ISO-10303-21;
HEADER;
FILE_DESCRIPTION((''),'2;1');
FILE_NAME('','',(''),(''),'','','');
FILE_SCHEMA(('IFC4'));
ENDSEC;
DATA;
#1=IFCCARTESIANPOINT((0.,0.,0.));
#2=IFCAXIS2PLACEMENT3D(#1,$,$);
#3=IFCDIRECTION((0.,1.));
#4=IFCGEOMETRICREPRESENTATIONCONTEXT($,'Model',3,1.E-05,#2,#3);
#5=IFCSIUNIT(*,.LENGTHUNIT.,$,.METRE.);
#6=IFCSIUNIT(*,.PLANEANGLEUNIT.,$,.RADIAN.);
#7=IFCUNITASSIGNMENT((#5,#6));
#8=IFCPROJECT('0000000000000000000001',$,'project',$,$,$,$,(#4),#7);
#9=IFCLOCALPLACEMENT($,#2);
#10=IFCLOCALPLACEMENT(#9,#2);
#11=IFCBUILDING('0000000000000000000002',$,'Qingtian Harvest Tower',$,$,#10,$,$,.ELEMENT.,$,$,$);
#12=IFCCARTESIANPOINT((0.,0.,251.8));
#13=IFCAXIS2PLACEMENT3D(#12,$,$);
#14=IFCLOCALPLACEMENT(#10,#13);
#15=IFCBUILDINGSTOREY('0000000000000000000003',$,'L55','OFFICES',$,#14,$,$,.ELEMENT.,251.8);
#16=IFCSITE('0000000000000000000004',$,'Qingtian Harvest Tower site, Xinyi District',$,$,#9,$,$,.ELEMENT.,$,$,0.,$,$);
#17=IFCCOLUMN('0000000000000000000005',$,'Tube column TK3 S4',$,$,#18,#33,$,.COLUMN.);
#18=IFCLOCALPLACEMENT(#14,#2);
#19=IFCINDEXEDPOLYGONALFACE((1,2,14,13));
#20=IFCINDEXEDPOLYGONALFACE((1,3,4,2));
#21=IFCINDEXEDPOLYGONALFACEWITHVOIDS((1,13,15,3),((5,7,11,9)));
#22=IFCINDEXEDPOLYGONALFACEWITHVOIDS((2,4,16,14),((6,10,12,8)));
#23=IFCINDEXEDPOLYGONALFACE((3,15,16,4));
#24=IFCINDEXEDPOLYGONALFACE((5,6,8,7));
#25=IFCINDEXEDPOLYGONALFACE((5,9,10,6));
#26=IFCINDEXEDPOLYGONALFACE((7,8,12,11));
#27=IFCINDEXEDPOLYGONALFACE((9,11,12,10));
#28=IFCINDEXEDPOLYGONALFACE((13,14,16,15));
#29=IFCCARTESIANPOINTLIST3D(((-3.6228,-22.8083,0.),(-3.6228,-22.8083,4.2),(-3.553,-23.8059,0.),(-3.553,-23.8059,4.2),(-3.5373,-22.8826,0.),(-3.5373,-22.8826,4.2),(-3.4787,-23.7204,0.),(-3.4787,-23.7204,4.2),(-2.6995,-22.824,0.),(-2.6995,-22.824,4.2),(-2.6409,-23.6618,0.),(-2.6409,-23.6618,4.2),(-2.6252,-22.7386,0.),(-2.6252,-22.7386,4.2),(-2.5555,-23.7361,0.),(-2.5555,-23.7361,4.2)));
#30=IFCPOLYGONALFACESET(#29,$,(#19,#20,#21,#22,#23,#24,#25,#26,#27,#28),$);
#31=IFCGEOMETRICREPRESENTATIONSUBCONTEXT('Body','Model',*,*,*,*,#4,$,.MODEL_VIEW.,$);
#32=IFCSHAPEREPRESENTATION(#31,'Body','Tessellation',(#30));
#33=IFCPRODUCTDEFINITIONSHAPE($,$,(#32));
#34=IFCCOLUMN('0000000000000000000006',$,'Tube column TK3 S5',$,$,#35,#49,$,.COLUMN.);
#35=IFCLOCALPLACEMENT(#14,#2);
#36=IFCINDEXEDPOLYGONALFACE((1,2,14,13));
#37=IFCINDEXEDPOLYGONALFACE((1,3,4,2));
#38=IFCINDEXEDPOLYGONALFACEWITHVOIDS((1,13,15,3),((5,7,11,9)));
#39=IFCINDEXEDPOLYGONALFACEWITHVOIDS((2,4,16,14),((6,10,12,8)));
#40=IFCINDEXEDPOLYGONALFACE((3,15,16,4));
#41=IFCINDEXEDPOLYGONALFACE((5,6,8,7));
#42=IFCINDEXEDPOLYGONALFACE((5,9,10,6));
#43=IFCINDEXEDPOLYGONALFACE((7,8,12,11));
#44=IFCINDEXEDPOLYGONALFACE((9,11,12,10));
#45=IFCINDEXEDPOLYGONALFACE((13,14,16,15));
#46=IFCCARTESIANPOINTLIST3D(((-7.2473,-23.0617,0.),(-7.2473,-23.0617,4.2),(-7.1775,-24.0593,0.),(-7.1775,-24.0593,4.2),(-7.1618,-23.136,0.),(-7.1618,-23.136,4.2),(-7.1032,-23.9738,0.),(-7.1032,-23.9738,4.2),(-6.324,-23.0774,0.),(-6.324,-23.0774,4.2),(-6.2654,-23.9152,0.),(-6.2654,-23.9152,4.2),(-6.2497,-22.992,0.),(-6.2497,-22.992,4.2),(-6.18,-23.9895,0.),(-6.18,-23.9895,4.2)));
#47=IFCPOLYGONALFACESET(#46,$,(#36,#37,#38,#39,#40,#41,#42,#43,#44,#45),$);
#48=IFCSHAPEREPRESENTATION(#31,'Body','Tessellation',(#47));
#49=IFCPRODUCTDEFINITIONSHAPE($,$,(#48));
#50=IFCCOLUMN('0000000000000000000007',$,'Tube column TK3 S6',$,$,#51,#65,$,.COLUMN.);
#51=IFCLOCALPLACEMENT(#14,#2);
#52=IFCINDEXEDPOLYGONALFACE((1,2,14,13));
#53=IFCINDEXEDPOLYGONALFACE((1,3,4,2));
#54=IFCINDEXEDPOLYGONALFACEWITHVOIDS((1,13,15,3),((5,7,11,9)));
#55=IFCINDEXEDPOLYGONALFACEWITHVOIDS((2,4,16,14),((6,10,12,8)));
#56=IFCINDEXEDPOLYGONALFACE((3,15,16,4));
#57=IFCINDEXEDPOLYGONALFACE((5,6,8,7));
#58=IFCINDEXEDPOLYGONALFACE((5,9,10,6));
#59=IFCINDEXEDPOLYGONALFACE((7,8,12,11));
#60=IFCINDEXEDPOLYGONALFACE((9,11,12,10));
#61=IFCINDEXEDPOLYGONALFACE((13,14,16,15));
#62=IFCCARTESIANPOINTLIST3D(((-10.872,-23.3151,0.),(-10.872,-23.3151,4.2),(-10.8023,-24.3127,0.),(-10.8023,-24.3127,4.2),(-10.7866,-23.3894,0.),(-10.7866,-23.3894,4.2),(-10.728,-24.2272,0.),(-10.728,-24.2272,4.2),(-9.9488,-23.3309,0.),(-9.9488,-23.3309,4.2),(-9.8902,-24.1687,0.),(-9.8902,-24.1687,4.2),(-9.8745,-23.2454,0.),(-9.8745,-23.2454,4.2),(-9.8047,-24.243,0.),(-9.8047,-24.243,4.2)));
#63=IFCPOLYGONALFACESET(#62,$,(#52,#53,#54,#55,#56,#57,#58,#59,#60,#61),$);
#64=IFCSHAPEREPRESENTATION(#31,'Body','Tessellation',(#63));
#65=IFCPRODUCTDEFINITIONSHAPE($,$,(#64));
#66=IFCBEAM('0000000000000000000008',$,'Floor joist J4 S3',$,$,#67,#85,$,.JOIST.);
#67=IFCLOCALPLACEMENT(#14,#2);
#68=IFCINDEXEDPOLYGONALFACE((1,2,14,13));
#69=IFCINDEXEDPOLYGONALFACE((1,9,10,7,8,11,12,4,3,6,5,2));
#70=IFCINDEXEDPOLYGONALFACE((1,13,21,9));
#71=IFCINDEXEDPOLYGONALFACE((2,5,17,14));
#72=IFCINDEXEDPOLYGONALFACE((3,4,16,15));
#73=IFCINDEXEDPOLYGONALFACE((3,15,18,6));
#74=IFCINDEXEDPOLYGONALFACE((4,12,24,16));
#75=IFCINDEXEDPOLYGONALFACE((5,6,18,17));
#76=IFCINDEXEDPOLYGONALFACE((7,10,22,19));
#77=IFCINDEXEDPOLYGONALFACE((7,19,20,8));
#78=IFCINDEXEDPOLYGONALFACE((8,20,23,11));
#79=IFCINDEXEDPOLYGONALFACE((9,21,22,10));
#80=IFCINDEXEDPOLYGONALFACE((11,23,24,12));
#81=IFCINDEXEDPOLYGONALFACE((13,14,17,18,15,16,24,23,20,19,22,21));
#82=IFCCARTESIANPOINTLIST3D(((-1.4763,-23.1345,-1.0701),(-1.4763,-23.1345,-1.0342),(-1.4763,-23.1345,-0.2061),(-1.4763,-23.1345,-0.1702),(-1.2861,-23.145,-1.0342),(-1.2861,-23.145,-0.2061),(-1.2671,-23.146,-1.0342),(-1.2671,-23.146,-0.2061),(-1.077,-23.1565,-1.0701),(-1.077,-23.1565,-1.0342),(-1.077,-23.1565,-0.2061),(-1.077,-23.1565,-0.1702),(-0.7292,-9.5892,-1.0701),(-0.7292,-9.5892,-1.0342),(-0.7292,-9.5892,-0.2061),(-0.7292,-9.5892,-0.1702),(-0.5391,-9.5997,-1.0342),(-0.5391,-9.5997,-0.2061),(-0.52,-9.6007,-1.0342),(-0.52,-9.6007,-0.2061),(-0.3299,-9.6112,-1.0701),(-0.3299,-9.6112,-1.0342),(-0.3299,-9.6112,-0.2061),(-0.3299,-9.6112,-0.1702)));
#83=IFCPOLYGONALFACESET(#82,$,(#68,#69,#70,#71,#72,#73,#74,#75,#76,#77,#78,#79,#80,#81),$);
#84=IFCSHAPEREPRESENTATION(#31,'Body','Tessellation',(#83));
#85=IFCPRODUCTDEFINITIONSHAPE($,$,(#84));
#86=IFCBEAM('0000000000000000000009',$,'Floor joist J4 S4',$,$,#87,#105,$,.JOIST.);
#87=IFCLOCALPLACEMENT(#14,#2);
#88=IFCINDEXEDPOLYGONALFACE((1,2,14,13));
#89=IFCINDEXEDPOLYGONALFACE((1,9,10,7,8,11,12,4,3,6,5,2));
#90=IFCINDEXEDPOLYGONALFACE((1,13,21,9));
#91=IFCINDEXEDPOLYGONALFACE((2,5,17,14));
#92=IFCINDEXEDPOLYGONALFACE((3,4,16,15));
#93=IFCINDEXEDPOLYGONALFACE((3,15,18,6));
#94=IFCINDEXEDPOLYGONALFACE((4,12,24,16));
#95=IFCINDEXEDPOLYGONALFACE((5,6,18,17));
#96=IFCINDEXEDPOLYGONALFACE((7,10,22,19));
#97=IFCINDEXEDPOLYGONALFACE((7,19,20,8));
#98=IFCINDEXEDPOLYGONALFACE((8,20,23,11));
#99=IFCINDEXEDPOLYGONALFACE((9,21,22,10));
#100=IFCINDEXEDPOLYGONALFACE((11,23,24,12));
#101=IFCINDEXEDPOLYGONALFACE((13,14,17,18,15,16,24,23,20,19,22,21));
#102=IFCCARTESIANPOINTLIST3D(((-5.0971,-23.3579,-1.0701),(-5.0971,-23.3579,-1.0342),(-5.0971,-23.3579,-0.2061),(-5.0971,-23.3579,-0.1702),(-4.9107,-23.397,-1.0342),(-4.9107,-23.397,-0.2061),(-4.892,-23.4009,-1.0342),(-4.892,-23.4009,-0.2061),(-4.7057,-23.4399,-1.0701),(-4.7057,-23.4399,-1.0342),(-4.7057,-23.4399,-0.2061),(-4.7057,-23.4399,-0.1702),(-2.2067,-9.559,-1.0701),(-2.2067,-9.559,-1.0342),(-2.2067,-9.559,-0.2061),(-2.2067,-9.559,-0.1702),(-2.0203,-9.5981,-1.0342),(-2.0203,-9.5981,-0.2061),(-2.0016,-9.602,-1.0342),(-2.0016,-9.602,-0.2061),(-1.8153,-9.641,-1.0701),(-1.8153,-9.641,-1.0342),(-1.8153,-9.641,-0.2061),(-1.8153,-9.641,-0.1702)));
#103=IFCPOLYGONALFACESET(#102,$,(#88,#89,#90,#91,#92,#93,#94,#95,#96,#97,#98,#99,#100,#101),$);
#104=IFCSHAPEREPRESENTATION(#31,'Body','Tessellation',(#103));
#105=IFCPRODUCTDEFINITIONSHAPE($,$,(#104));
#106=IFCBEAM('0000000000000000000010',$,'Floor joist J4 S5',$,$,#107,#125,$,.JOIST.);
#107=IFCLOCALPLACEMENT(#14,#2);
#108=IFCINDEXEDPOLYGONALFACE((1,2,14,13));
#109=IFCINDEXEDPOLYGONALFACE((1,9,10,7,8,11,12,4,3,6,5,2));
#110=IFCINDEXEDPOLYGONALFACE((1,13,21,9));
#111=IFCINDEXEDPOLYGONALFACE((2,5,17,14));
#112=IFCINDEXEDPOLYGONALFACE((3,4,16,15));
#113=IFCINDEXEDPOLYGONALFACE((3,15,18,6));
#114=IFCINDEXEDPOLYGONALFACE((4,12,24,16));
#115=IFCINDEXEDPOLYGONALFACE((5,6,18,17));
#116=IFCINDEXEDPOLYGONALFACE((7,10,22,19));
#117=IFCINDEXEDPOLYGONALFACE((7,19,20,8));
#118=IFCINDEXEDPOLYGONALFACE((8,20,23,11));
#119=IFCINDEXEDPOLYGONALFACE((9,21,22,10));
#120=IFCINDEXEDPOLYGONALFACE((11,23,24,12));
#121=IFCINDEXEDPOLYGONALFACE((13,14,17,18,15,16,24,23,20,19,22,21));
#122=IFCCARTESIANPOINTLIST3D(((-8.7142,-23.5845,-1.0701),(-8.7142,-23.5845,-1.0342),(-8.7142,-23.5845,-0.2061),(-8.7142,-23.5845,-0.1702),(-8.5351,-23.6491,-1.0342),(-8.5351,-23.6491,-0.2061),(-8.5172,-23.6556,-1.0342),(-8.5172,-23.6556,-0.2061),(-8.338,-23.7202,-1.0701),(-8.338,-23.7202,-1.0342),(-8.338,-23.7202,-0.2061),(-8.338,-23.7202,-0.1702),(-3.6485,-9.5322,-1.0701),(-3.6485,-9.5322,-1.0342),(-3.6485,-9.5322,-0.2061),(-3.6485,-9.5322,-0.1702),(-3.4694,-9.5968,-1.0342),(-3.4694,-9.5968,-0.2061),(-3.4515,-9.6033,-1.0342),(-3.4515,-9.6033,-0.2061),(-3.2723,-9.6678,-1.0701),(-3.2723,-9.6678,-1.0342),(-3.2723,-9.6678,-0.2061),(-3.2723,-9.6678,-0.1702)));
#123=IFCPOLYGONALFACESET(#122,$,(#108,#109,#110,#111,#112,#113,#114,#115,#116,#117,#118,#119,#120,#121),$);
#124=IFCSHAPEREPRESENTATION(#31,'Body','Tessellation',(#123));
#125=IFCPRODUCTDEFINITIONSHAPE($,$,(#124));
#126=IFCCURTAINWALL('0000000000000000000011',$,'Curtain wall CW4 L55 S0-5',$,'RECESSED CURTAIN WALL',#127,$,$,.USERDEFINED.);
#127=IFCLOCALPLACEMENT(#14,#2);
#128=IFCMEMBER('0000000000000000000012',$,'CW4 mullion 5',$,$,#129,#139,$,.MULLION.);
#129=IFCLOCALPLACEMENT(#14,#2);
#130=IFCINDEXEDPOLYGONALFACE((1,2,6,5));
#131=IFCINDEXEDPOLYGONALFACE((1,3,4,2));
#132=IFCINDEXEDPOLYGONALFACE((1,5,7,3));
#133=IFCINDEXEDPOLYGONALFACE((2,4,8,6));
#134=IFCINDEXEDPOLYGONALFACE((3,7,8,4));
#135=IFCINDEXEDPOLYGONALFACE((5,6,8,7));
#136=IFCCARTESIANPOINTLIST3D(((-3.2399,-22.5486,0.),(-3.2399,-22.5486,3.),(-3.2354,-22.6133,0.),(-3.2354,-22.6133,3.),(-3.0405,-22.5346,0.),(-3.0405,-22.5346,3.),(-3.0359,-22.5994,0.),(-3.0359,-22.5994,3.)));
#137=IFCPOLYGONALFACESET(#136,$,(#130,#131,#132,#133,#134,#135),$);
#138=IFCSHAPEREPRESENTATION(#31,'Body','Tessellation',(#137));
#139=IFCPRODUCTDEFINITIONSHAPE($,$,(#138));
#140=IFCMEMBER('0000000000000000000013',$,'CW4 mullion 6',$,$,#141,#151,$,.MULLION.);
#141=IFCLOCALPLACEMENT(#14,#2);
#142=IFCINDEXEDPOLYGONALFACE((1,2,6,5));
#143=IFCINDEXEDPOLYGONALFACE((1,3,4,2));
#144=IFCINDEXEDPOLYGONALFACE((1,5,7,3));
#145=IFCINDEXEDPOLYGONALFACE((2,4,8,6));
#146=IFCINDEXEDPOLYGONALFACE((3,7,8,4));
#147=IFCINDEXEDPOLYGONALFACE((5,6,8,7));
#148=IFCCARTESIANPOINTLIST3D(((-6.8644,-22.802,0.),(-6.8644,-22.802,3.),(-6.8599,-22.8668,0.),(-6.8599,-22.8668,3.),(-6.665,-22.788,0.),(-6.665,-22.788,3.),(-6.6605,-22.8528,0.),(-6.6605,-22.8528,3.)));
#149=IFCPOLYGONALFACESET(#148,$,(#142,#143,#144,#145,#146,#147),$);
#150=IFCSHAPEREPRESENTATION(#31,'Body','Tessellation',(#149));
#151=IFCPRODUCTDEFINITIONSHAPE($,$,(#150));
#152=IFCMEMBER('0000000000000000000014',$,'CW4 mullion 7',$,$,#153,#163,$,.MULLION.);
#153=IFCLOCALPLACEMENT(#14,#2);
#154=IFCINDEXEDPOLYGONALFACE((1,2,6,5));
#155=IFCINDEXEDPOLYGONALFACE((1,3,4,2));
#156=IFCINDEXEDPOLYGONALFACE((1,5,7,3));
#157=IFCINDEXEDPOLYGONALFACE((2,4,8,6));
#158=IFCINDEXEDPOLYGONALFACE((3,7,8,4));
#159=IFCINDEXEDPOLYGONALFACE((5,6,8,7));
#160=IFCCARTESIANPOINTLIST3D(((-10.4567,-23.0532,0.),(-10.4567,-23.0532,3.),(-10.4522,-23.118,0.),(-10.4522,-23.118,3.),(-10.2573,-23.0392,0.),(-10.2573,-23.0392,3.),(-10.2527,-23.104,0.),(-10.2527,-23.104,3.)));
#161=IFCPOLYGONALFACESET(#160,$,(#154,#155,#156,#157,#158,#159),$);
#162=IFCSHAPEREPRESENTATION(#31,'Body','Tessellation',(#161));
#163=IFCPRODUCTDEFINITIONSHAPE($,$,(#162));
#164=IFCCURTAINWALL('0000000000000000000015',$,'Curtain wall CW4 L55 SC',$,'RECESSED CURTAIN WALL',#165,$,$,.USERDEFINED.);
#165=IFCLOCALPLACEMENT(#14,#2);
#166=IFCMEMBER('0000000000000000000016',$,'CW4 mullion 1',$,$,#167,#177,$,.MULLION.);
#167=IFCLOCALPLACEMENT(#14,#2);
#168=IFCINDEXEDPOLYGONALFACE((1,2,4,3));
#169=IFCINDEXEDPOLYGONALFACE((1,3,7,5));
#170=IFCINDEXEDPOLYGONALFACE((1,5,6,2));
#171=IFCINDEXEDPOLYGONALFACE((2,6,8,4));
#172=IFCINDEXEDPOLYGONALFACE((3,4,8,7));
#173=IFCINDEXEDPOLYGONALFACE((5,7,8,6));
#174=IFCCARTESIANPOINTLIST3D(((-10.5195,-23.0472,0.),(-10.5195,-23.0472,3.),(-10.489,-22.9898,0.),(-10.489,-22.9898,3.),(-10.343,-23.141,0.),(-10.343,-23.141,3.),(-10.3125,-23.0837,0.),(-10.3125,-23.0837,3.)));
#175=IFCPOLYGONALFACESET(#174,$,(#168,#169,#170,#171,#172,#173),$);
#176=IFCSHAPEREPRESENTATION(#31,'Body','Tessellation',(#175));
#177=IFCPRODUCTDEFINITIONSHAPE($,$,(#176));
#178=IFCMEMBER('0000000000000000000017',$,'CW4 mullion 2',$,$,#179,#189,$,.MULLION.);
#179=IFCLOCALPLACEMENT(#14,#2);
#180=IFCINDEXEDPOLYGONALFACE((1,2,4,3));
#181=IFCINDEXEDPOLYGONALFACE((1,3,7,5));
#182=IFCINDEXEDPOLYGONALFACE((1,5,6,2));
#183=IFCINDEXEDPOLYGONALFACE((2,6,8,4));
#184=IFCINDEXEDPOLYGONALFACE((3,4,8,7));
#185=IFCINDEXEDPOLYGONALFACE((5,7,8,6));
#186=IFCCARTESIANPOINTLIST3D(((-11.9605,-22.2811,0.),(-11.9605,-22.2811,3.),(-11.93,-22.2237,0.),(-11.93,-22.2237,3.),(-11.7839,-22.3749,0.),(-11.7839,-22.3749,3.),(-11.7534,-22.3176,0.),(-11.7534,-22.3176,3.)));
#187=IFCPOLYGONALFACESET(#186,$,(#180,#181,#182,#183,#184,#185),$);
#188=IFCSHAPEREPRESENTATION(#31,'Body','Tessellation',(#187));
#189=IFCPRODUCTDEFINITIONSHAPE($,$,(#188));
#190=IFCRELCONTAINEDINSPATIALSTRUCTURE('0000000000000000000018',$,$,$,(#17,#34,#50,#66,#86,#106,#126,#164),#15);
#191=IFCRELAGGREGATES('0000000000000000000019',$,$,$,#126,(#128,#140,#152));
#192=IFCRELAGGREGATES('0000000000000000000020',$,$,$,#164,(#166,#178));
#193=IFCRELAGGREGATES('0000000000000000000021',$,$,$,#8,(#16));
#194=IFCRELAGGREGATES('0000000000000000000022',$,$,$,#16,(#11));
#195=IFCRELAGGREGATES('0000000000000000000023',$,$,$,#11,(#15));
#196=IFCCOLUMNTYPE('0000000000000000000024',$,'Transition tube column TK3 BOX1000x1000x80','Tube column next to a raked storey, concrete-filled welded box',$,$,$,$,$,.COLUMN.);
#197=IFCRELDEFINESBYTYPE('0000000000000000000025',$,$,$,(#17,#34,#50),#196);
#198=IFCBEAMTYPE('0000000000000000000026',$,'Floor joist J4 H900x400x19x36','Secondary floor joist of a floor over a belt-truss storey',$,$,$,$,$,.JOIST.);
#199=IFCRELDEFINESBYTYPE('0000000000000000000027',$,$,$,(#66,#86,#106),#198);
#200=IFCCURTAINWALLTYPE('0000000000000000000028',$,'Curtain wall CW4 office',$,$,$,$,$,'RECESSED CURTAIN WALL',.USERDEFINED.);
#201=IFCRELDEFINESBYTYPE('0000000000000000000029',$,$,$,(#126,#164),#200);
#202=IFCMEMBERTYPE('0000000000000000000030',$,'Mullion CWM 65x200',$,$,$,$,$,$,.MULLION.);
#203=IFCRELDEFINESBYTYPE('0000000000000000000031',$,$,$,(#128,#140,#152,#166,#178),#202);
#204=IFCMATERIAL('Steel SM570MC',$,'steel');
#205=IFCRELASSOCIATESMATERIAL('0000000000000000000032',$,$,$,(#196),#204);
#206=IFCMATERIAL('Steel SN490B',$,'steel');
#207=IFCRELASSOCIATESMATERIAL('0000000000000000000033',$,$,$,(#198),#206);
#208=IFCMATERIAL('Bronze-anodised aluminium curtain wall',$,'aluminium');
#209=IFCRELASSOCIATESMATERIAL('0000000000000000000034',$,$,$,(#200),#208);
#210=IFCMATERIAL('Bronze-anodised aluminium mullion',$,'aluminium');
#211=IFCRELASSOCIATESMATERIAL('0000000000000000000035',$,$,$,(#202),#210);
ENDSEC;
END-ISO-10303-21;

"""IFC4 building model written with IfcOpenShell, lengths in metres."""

from ifc_helpers import new_model, si_unit, direction, frame, origin, origin_2d, place, context, subcontext, project, spatial, rectangle, hollow_rectangle, i_section, extrude, material, material_profile, profile_set, type_object, element, aggregate, save


model = new_model("IFC4")

# Units and contexts
model_context = context("Model", 3, precision=1e-05, world=origin(), true_north=direction((0.0, 1.0)))
body_context = subcontext(model_context, "Body", "Model", "MODEL_VIEW")
ifc_project = project(units=[si_unit("LENGTHUNIT", "METRE"), si_unit("PLANEANGLEUNIT", "RADIAN")], contexts=[model_context])

# Site, building, storey
site_placement = place(None, origin())
site = spatial("IfcSite", under=ifc_project, at=site_placement, Name="Qingtian Harvest Tower site, Xinyi District", CompositionType="ELEMENT", RefElevation=0.0)
building_placement = place(site_placement, origin())
building = spatial("IfcBuilding", under=site, at=building_placement, Name="Qingtian Harvest Tower", CompositionType="ELEMENT")
storey_placement = place(building_placement, frame((0.0, 0.0, 251.8)))
storey = spatial("IfcBuildingStorey", under=building, at=storey_placement, Name="L55", Description="OFFICES", CompositionType="ELEMENT", Elevation=251.8)

# Columns
ifc_material_1 = material(Name="Steel SM570MC", Category="steel")
ifc_material_profile_1 = material_profile(ifc_material_1, hollow_rectangle(XDim=1.0, YDim=1.0, WallThickness=0.0801, at=origin_2d()), Name="BOX1000x1000x80")
ifc_profile_set_1 = profile_set([ifc_material_profile_1], Name="Steel SM570MC")
column_type = type_object("IfcColumnType", Name="Transition tube column TK3 BOX1000x1000x80", Description="Tube column next to a raked storey, concrete-filled welded box", PredefinedType="COLUMN", material=ifc_profile_set_1)
for number, where, z_axis, x_axis, name in (
    (1, (-3.0891, -23.2722, 0.0), (0.0, 0.0, 1.0), (0.997564, 0.069756, 0.0), "Tube column TK3 S4"),
    (2, (-6.7136, -23.5256, 0.0), (0.0, 0.0, 1.0), (0.997564, 0.069756, 0.0), "Tube column TK3 S5"),
    (3, (-10.3384, -23.7791, 0.0), (0.0, 0.0, 1.0), (0.997564, 0.069756, 0.0), "Tube column TK3 S6"),
):
    element("IfcColumn", number, at=place(storey_placement, frame(where, z_axis=z_axis, x_axis=x_axis)), inside=storey, type_object=column_type, Name=name, PredefinedType="COLUMN", context=body_context, shape_type="SweptSolid", body=[
        extrude(hollow_rectangle(XDim=1.0, YDim=1.0, WallThickness=0.0801, at=origin_2d()), origin(), (0.0, 0.0, 1.0), 4.2),
    ])

# Beams
ifc_material_2 = material(Name="Steel SN490B", Category="steel")
ifc_material_profile_2 = material_profile(ifc_material_2, i_section(OverallWidth=0.3999, OverallDepth=0.8999, WebThickness=0.019, FlangeThickness=0.0359, at=origin_2d()), Name="H900x400x19x36")
ifc_profile_set_2 = profile_set([ifc_material_profile_2], Name="Steel SN490B")
beam_type_1 = type_object("IfcBeamType", Name="Floor joist J4 H900x400x19x36", Description="Secondary floor joist of a floor over a belt-truss storey", PredefinedType="JOIST", material=ifc_profile_set_2)
beam_1_placement = place(storey_placement, frame((-1.2766, -23.1455, -0.6201), z_axis=(0.055069, 0.998483, 0.0), x_axis=(-0.998483, 0.055069, 0.0)))
element("IfcBeam", 4, at=beam_1_placement, inside=storey, type_object=beam_type_1, Name="Floor joist J4 S3", PredefinedType="JOIST", context=body_context, shape_type="SweptSolid", body=[
    extrude(i_section(OverallWidth=0.3999, OverallDepth=0.8999, WebThickness=0.019, FlangeThickness=0.0359, at=origin_2d()), origin(), (0.0, 0.0, 1.0), 13.5659),
])
beam_2_placement = place(storey_placement, frame((-4.9014, -23.3989, -0.6201), z_axis=(0.205016, 0.978759, 0.0), x_axis=(-0.978759, 0.205016, 0.0)))
element("IfcBeam", 5, at=beam_2_placement, inside=storey, type_object=beam_type_1, Name="Floor joist J4 S4", PredefinedType="JOIST", context=body_context, shape_type="SweptSolid", body=[
    extrude(i_section(OverallWidth=0.3999, OverallDepth=0.8999, WebThickness=0.019, FlangeThickness=0.0359, at=origin_2d()), origin(), (0.0, 0.0, 1.0), 14.0984),
])
beam_3_placement = place(storey_placement, frame((-8.5261, -23.6523, -0.6201), z_axis=(0.339126, 0.940741, 0.0), x_axis=(-0.940741, 0.339126, 0.0)))
element("IfcBeam", 6, at=beam_3_placement, inside=storey, type_object=beam_type_1, Name="Floor joist J4 S5", PredefinedType="JOIST", context=body_context, shape_type="SweptSolid", body=[
    extrude(i_section(OverallWidth=0.3999, OverallDepth=0.8999, WebThickness=0.019, FlangeThickness=0.0359, at=origin_2d()), origin(), (0.0, 0.0, 1.0), 14.9375),
])

# Curtain walls, members
ifc_material_3 = material(Name="Bronze-anodised aluminium curtain wall", Category="aluminium")
curtain_wall_type = type_object("IfcCurtainWallType", Name="Curtain wall CW4 office", ElementType="RECESSED CURTAIN WALL", PredefinedType="USERDEFINED", material=ifc_material_3)
curtain_wall_1_placement = place(storey_placement, origin())
curtain_wall_1 = element("IfcCurtainWall", 7, at=curtain_wall_1_placement, inside=storey, type_object=curtain_wall_type, Name="Curtain wall CW4 L55 S0-5", ObjectType="RECESSED CURTAIN WALL", PredefinedType="USERDEFINED")
ifc_material_4 = material(Name="Bronze-anodised aluminium mullion", Category="aluminium")
ifc_material_profile_3 = material_profile(ifc_material_4, rectangle(XDim=0.0649, YDim=0.2, at=origin_2d()), Name="AL 65x200")
ifc_profile_set_3 = profile_set([ifc_material_profile_3], Name="Bronze-anodised aluminium mullion")
member_type_1 = type_object("IfcMemberType", Name="Mullion CWM 65x200", PredefinedType="MULLION", material=ifc_profile_set_3)
member_1_placement = place(storey_placement, frame((-3.1379, -22.574, 0.0), z_axis=(0.0, 0.0, 1.0), x_axis=(0.069756, -0.997564, 0.0)))
member_1 = element("IfcMember", 8, at=member_1_placement, type_object=member_type_1, Name="CW4 mullion 5", PredefinedType="MULLION", context=body_context, shape_type="SweptSolid", body=[
    extrude(rectangle(XDim=0.0649, YDim=0.2, at=origin_2d()), origin(), (0.0, 0.0, 1.0), 3.0),
])
member_2_placement = place(storey_placement, frame((-6.7625, -22.8274, 0.0), z_axis=(0.0, 0.0, 1.0), x_axis=(0.069756, -0.997564, 0.0)))
member_2 = element("IfcMember", 9, at=member_2_placement, type_object=member_type_1, Name="CW4 mullion 6", PredefinedType="MULLION", context=body_context, shape_type="SweptSolid", body=[
    extrude(rectangle(XDim=0.0649, YDim=0.2, at=origin_2d()), origin(), (0.0, 0.0, 1.0), 3.0),
])
member_3_placement = place(storey_placement, frame((-10.3547, -23.0786, 0.0), z_axis=(0.0, 0.0, 1.0), x_axis=(0.069756, -0.997564, 0.0)))
member_3 = element("IfcMember", 10, at=member_3_placement, type_object=member_type_1, Name="CW4 mullion 7", PredefinedType="MULLION", context=body_context, shape_type="SweptSolid", body=[
    extrude(rectangle(XDim=0.0649, YDim=0.2, at=origin_2d()), origin(), (0.0, 0.0, 1.0), 3.0),
])
curtain_wall_2_placement = place(storey_placement, origin())
curtain_wall_2 = element("IfcCurtainWall", 11, at=curtain_wall_2_placement, inside=storey, type_object=curtain_wall_type, Name="Curtain wall CW4 L55 SC", ObjectType="RECESSED CURTAIN WALL", PredefinedType="USERDEFINED")
member_4_placement = place(storey_placement, frame((-10.416, -23.0654, 0.0), z_axis=(0.0, 0.0, 1.0), x_axis=(-0.469472, -0.882948, 0.0)))
member_4 = element("IfcMember", 12, at=member_4_placement, type_object=member_type_1, Name="CW4 mullion 1", PredefinedType="MULLION", context=body_context, shape_type="SweptSolid", body=[
    extrude(rectangle(XDim=0.0649, YDim=0.2, at=origin_2d()), origin(), (0.0, 0.0, 1.0), 3.0),
])
member_5_placement = place(storey_placement, frame((-11.8569, -22.2993, 0.0), z_axis=(0.0, 0.0, 1.0), x_axis=(-0.469472, -0.882948, 0.0)))
member_5 = element("IfcMember", 13, at=member_5_placement, type_object=member_type_1, Name="CW4 mullion 2", PredefinedType="MULLION", context=body_context, shape_type="SweptSolid", body=[
    extrude(rectangle(XDim=0.0649, YDim=0.2, at=origin_2d()), origin(), (0.0, 0.0, 1.0), 3.0),
])

aggregate(curtain_wall_1, [member_1, member_2, member_3])
aggregate(curtain_wall_2, [member_4, member_5])

save(model, "model.ifc")
